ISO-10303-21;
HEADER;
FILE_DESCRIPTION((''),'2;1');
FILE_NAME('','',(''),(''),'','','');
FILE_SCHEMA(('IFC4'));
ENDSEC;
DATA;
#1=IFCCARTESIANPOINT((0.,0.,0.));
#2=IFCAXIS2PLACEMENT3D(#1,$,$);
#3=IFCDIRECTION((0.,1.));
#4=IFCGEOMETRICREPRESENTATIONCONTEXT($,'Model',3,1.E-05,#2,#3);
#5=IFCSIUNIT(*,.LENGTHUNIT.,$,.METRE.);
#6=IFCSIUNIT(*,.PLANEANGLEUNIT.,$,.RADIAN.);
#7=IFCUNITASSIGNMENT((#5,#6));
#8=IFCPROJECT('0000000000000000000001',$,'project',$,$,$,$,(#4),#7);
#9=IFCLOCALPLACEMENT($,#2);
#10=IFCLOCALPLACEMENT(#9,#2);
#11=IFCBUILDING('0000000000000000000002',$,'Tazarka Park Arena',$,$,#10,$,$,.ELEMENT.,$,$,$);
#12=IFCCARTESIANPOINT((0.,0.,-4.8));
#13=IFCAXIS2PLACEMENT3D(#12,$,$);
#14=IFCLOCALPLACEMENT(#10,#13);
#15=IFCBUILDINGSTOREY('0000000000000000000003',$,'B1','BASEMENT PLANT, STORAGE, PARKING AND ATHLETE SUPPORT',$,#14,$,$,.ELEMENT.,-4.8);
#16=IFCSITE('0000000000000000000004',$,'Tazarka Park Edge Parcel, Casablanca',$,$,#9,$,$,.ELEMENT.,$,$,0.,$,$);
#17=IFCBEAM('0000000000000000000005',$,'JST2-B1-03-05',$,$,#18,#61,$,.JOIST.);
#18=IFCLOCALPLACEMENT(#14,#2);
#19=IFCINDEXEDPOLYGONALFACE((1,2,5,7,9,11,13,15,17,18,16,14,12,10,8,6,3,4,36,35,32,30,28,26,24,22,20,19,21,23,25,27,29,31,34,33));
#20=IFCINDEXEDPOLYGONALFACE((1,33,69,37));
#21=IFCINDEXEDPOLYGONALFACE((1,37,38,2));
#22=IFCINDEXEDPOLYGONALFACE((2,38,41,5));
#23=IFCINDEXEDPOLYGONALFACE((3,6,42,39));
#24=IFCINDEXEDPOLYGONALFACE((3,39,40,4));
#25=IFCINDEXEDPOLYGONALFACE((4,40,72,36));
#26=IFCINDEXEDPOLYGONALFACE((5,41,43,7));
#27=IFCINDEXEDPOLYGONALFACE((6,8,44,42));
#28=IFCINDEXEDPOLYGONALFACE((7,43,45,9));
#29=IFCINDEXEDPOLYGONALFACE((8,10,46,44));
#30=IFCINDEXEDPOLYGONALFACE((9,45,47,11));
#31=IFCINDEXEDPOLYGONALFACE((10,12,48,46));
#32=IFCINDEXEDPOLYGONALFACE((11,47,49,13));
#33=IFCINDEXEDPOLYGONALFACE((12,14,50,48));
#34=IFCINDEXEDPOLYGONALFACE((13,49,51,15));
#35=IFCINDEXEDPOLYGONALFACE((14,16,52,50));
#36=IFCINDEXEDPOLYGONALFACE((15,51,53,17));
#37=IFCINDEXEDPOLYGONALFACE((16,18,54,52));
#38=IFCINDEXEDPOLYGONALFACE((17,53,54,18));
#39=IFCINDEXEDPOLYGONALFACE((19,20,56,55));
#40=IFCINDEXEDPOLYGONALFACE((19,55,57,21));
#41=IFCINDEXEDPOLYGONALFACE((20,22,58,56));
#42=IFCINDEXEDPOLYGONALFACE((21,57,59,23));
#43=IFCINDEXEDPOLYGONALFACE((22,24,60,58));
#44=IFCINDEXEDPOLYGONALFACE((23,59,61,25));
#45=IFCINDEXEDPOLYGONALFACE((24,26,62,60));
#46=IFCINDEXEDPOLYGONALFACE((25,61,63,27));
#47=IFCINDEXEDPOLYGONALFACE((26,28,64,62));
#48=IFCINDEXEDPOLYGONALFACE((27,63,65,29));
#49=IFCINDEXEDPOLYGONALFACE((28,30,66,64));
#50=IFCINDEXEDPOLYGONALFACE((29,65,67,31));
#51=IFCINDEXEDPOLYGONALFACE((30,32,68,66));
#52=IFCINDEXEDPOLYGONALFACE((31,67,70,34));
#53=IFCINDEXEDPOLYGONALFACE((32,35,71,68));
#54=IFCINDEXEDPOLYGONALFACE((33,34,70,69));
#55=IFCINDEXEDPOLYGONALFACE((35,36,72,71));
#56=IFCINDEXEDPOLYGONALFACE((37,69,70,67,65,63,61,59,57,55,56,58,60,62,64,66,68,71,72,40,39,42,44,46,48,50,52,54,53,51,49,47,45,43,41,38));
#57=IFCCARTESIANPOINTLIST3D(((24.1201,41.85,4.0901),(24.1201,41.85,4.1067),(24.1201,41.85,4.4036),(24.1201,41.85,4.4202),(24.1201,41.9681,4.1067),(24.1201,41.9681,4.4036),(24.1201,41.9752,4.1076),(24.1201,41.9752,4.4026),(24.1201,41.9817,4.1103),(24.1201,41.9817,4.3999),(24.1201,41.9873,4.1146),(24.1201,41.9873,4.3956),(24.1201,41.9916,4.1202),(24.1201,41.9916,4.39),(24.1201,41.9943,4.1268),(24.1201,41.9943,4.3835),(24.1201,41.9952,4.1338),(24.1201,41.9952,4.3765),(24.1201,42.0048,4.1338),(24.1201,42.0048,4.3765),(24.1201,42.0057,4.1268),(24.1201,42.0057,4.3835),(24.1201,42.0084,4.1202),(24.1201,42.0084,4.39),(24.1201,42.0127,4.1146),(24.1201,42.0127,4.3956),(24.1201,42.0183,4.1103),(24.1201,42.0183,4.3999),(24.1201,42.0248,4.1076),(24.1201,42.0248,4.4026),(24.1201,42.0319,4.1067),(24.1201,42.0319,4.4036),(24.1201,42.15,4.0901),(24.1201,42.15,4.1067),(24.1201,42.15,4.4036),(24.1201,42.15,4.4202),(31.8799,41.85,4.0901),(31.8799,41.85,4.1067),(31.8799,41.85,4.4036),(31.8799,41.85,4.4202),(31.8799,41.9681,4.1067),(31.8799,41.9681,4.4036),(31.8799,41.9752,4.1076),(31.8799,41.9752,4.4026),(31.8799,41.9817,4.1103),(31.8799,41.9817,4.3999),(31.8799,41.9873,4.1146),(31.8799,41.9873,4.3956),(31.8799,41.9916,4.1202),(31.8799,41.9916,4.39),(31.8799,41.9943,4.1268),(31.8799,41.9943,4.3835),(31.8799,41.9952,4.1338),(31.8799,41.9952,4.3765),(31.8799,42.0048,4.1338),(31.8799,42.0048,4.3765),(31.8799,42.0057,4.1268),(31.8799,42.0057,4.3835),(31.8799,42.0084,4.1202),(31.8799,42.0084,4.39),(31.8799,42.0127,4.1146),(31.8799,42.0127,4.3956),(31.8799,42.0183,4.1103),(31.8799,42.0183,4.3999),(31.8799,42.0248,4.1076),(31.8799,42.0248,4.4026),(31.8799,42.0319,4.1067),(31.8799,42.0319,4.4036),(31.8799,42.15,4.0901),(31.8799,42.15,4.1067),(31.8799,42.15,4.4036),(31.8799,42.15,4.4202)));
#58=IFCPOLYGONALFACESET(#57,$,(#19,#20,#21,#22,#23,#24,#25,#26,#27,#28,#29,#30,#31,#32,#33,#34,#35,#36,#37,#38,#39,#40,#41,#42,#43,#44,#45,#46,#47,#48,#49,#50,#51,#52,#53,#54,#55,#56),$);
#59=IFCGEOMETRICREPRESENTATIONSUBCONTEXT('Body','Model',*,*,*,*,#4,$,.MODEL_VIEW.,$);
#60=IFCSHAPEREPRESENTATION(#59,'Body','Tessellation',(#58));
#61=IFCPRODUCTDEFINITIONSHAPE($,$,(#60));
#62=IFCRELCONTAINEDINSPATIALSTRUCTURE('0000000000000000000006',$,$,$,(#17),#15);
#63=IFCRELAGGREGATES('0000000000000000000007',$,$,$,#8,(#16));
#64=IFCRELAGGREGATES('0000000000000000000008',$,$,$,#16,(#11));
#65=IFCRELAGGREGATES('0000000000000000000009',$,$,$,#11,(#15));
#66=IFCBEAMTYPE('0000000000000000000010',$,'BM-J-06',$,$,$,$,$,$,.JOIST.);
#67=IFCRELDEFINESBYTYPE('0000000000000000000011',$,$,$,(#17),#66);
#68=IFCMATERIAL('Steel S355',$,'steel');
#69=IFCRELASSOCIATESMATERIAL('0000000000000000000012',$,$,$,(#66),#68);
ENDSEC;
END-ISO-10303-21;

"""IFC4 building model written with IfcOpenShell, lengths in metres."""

from ifc_helpers import new_model, si_unit, direction, frame, origin, origin_2d, place, context, subcontext, project, spatial, i_section, extrude, material, material_profile, profile_set, type_object, element, save


model = new_model("IFC4")

# Units and contexts
model_context = context("Model", 3, precision=1e-05, world=origin(), true_north=direction((0.0, 1.0)))
body_context = subcontext(model_context, "Body", "Model", "MODEL_VIEW")
ifc_project = project(units=[si_unit("LENGTHUNIT", "METRE"), si_unit("PLANEANGLEUNIT", "RADIAN")], contexts=[model_context])

# Site, building, storey
site_placement = place(None, origin())
site = spatial("IfcSite", under=ifc_project, at=site_placement, Name="Tazarka Park Edge Parcel, Casablanca", CompositionType="ELEMENT", RefElevation=0.0)
building_placement = place(site_placement, origin())
building = spatial("IfcBuilding", under=site, at=building_placement, Name="Tazarka Park Arena", CompositionType="ELEMENT")
storey_placement = place(building_placement, frame((0.0, 0.0, -4.8)))
storey = spatial("IfcBuildingStorey", under=building, at=storey_placement, Name="B1", Description="BASEMENT PLANT, STORAGE, PARKING AND ATHLETE SUPPORT", CompositionType="ELEMENT", Elevation=-4.8)

# Beam
ifc_material_1 = material(Name="Steel S355", Category="steel")
ifc_material_profile_1 = material_profile(ifc_material_1, i_section(OverallWidth=0.3, OverallDepth=0.3301, WebThickness=0.0095, FlangeThickness=0.0166, FilletRadius=0.0271, at=origin_2d()), Name="Steel S355")
ifc_profile_set_1 = profile_set([ifc_material_profile_1], Name="Steel S355")
beam_type_1 = type_object("IfcBeamType", Name="BM-J-06", PredefinedType="JOIST", material=ifc_profile_set_1)
beam_1_placement = place(storey_placement, frame((24.1201, 42.0, 4.2551), z_axis=(1.0, 0.0, 0.0), x_axis=(0.0, 1.0, 0.0)))
element("IfcBeam", 1, at=beam_1_placement, inside=storey, type_object=beam_type_1, Name="JST2-B1-03-05", PredefinedType="JOIST", context=body_context, shape_type="SweptSolid", body=[
    extrude(i_section(OverallWidth=0.3, OverallDepth=0.3301, WebThickness=0.0095, FlangeThickness=0.0166, FilletRadius=0.0271, at=origin_2d()), origin(), (0.0, 0.0, 1.0), 7.7598),
])

save(model, "model.ifc")
